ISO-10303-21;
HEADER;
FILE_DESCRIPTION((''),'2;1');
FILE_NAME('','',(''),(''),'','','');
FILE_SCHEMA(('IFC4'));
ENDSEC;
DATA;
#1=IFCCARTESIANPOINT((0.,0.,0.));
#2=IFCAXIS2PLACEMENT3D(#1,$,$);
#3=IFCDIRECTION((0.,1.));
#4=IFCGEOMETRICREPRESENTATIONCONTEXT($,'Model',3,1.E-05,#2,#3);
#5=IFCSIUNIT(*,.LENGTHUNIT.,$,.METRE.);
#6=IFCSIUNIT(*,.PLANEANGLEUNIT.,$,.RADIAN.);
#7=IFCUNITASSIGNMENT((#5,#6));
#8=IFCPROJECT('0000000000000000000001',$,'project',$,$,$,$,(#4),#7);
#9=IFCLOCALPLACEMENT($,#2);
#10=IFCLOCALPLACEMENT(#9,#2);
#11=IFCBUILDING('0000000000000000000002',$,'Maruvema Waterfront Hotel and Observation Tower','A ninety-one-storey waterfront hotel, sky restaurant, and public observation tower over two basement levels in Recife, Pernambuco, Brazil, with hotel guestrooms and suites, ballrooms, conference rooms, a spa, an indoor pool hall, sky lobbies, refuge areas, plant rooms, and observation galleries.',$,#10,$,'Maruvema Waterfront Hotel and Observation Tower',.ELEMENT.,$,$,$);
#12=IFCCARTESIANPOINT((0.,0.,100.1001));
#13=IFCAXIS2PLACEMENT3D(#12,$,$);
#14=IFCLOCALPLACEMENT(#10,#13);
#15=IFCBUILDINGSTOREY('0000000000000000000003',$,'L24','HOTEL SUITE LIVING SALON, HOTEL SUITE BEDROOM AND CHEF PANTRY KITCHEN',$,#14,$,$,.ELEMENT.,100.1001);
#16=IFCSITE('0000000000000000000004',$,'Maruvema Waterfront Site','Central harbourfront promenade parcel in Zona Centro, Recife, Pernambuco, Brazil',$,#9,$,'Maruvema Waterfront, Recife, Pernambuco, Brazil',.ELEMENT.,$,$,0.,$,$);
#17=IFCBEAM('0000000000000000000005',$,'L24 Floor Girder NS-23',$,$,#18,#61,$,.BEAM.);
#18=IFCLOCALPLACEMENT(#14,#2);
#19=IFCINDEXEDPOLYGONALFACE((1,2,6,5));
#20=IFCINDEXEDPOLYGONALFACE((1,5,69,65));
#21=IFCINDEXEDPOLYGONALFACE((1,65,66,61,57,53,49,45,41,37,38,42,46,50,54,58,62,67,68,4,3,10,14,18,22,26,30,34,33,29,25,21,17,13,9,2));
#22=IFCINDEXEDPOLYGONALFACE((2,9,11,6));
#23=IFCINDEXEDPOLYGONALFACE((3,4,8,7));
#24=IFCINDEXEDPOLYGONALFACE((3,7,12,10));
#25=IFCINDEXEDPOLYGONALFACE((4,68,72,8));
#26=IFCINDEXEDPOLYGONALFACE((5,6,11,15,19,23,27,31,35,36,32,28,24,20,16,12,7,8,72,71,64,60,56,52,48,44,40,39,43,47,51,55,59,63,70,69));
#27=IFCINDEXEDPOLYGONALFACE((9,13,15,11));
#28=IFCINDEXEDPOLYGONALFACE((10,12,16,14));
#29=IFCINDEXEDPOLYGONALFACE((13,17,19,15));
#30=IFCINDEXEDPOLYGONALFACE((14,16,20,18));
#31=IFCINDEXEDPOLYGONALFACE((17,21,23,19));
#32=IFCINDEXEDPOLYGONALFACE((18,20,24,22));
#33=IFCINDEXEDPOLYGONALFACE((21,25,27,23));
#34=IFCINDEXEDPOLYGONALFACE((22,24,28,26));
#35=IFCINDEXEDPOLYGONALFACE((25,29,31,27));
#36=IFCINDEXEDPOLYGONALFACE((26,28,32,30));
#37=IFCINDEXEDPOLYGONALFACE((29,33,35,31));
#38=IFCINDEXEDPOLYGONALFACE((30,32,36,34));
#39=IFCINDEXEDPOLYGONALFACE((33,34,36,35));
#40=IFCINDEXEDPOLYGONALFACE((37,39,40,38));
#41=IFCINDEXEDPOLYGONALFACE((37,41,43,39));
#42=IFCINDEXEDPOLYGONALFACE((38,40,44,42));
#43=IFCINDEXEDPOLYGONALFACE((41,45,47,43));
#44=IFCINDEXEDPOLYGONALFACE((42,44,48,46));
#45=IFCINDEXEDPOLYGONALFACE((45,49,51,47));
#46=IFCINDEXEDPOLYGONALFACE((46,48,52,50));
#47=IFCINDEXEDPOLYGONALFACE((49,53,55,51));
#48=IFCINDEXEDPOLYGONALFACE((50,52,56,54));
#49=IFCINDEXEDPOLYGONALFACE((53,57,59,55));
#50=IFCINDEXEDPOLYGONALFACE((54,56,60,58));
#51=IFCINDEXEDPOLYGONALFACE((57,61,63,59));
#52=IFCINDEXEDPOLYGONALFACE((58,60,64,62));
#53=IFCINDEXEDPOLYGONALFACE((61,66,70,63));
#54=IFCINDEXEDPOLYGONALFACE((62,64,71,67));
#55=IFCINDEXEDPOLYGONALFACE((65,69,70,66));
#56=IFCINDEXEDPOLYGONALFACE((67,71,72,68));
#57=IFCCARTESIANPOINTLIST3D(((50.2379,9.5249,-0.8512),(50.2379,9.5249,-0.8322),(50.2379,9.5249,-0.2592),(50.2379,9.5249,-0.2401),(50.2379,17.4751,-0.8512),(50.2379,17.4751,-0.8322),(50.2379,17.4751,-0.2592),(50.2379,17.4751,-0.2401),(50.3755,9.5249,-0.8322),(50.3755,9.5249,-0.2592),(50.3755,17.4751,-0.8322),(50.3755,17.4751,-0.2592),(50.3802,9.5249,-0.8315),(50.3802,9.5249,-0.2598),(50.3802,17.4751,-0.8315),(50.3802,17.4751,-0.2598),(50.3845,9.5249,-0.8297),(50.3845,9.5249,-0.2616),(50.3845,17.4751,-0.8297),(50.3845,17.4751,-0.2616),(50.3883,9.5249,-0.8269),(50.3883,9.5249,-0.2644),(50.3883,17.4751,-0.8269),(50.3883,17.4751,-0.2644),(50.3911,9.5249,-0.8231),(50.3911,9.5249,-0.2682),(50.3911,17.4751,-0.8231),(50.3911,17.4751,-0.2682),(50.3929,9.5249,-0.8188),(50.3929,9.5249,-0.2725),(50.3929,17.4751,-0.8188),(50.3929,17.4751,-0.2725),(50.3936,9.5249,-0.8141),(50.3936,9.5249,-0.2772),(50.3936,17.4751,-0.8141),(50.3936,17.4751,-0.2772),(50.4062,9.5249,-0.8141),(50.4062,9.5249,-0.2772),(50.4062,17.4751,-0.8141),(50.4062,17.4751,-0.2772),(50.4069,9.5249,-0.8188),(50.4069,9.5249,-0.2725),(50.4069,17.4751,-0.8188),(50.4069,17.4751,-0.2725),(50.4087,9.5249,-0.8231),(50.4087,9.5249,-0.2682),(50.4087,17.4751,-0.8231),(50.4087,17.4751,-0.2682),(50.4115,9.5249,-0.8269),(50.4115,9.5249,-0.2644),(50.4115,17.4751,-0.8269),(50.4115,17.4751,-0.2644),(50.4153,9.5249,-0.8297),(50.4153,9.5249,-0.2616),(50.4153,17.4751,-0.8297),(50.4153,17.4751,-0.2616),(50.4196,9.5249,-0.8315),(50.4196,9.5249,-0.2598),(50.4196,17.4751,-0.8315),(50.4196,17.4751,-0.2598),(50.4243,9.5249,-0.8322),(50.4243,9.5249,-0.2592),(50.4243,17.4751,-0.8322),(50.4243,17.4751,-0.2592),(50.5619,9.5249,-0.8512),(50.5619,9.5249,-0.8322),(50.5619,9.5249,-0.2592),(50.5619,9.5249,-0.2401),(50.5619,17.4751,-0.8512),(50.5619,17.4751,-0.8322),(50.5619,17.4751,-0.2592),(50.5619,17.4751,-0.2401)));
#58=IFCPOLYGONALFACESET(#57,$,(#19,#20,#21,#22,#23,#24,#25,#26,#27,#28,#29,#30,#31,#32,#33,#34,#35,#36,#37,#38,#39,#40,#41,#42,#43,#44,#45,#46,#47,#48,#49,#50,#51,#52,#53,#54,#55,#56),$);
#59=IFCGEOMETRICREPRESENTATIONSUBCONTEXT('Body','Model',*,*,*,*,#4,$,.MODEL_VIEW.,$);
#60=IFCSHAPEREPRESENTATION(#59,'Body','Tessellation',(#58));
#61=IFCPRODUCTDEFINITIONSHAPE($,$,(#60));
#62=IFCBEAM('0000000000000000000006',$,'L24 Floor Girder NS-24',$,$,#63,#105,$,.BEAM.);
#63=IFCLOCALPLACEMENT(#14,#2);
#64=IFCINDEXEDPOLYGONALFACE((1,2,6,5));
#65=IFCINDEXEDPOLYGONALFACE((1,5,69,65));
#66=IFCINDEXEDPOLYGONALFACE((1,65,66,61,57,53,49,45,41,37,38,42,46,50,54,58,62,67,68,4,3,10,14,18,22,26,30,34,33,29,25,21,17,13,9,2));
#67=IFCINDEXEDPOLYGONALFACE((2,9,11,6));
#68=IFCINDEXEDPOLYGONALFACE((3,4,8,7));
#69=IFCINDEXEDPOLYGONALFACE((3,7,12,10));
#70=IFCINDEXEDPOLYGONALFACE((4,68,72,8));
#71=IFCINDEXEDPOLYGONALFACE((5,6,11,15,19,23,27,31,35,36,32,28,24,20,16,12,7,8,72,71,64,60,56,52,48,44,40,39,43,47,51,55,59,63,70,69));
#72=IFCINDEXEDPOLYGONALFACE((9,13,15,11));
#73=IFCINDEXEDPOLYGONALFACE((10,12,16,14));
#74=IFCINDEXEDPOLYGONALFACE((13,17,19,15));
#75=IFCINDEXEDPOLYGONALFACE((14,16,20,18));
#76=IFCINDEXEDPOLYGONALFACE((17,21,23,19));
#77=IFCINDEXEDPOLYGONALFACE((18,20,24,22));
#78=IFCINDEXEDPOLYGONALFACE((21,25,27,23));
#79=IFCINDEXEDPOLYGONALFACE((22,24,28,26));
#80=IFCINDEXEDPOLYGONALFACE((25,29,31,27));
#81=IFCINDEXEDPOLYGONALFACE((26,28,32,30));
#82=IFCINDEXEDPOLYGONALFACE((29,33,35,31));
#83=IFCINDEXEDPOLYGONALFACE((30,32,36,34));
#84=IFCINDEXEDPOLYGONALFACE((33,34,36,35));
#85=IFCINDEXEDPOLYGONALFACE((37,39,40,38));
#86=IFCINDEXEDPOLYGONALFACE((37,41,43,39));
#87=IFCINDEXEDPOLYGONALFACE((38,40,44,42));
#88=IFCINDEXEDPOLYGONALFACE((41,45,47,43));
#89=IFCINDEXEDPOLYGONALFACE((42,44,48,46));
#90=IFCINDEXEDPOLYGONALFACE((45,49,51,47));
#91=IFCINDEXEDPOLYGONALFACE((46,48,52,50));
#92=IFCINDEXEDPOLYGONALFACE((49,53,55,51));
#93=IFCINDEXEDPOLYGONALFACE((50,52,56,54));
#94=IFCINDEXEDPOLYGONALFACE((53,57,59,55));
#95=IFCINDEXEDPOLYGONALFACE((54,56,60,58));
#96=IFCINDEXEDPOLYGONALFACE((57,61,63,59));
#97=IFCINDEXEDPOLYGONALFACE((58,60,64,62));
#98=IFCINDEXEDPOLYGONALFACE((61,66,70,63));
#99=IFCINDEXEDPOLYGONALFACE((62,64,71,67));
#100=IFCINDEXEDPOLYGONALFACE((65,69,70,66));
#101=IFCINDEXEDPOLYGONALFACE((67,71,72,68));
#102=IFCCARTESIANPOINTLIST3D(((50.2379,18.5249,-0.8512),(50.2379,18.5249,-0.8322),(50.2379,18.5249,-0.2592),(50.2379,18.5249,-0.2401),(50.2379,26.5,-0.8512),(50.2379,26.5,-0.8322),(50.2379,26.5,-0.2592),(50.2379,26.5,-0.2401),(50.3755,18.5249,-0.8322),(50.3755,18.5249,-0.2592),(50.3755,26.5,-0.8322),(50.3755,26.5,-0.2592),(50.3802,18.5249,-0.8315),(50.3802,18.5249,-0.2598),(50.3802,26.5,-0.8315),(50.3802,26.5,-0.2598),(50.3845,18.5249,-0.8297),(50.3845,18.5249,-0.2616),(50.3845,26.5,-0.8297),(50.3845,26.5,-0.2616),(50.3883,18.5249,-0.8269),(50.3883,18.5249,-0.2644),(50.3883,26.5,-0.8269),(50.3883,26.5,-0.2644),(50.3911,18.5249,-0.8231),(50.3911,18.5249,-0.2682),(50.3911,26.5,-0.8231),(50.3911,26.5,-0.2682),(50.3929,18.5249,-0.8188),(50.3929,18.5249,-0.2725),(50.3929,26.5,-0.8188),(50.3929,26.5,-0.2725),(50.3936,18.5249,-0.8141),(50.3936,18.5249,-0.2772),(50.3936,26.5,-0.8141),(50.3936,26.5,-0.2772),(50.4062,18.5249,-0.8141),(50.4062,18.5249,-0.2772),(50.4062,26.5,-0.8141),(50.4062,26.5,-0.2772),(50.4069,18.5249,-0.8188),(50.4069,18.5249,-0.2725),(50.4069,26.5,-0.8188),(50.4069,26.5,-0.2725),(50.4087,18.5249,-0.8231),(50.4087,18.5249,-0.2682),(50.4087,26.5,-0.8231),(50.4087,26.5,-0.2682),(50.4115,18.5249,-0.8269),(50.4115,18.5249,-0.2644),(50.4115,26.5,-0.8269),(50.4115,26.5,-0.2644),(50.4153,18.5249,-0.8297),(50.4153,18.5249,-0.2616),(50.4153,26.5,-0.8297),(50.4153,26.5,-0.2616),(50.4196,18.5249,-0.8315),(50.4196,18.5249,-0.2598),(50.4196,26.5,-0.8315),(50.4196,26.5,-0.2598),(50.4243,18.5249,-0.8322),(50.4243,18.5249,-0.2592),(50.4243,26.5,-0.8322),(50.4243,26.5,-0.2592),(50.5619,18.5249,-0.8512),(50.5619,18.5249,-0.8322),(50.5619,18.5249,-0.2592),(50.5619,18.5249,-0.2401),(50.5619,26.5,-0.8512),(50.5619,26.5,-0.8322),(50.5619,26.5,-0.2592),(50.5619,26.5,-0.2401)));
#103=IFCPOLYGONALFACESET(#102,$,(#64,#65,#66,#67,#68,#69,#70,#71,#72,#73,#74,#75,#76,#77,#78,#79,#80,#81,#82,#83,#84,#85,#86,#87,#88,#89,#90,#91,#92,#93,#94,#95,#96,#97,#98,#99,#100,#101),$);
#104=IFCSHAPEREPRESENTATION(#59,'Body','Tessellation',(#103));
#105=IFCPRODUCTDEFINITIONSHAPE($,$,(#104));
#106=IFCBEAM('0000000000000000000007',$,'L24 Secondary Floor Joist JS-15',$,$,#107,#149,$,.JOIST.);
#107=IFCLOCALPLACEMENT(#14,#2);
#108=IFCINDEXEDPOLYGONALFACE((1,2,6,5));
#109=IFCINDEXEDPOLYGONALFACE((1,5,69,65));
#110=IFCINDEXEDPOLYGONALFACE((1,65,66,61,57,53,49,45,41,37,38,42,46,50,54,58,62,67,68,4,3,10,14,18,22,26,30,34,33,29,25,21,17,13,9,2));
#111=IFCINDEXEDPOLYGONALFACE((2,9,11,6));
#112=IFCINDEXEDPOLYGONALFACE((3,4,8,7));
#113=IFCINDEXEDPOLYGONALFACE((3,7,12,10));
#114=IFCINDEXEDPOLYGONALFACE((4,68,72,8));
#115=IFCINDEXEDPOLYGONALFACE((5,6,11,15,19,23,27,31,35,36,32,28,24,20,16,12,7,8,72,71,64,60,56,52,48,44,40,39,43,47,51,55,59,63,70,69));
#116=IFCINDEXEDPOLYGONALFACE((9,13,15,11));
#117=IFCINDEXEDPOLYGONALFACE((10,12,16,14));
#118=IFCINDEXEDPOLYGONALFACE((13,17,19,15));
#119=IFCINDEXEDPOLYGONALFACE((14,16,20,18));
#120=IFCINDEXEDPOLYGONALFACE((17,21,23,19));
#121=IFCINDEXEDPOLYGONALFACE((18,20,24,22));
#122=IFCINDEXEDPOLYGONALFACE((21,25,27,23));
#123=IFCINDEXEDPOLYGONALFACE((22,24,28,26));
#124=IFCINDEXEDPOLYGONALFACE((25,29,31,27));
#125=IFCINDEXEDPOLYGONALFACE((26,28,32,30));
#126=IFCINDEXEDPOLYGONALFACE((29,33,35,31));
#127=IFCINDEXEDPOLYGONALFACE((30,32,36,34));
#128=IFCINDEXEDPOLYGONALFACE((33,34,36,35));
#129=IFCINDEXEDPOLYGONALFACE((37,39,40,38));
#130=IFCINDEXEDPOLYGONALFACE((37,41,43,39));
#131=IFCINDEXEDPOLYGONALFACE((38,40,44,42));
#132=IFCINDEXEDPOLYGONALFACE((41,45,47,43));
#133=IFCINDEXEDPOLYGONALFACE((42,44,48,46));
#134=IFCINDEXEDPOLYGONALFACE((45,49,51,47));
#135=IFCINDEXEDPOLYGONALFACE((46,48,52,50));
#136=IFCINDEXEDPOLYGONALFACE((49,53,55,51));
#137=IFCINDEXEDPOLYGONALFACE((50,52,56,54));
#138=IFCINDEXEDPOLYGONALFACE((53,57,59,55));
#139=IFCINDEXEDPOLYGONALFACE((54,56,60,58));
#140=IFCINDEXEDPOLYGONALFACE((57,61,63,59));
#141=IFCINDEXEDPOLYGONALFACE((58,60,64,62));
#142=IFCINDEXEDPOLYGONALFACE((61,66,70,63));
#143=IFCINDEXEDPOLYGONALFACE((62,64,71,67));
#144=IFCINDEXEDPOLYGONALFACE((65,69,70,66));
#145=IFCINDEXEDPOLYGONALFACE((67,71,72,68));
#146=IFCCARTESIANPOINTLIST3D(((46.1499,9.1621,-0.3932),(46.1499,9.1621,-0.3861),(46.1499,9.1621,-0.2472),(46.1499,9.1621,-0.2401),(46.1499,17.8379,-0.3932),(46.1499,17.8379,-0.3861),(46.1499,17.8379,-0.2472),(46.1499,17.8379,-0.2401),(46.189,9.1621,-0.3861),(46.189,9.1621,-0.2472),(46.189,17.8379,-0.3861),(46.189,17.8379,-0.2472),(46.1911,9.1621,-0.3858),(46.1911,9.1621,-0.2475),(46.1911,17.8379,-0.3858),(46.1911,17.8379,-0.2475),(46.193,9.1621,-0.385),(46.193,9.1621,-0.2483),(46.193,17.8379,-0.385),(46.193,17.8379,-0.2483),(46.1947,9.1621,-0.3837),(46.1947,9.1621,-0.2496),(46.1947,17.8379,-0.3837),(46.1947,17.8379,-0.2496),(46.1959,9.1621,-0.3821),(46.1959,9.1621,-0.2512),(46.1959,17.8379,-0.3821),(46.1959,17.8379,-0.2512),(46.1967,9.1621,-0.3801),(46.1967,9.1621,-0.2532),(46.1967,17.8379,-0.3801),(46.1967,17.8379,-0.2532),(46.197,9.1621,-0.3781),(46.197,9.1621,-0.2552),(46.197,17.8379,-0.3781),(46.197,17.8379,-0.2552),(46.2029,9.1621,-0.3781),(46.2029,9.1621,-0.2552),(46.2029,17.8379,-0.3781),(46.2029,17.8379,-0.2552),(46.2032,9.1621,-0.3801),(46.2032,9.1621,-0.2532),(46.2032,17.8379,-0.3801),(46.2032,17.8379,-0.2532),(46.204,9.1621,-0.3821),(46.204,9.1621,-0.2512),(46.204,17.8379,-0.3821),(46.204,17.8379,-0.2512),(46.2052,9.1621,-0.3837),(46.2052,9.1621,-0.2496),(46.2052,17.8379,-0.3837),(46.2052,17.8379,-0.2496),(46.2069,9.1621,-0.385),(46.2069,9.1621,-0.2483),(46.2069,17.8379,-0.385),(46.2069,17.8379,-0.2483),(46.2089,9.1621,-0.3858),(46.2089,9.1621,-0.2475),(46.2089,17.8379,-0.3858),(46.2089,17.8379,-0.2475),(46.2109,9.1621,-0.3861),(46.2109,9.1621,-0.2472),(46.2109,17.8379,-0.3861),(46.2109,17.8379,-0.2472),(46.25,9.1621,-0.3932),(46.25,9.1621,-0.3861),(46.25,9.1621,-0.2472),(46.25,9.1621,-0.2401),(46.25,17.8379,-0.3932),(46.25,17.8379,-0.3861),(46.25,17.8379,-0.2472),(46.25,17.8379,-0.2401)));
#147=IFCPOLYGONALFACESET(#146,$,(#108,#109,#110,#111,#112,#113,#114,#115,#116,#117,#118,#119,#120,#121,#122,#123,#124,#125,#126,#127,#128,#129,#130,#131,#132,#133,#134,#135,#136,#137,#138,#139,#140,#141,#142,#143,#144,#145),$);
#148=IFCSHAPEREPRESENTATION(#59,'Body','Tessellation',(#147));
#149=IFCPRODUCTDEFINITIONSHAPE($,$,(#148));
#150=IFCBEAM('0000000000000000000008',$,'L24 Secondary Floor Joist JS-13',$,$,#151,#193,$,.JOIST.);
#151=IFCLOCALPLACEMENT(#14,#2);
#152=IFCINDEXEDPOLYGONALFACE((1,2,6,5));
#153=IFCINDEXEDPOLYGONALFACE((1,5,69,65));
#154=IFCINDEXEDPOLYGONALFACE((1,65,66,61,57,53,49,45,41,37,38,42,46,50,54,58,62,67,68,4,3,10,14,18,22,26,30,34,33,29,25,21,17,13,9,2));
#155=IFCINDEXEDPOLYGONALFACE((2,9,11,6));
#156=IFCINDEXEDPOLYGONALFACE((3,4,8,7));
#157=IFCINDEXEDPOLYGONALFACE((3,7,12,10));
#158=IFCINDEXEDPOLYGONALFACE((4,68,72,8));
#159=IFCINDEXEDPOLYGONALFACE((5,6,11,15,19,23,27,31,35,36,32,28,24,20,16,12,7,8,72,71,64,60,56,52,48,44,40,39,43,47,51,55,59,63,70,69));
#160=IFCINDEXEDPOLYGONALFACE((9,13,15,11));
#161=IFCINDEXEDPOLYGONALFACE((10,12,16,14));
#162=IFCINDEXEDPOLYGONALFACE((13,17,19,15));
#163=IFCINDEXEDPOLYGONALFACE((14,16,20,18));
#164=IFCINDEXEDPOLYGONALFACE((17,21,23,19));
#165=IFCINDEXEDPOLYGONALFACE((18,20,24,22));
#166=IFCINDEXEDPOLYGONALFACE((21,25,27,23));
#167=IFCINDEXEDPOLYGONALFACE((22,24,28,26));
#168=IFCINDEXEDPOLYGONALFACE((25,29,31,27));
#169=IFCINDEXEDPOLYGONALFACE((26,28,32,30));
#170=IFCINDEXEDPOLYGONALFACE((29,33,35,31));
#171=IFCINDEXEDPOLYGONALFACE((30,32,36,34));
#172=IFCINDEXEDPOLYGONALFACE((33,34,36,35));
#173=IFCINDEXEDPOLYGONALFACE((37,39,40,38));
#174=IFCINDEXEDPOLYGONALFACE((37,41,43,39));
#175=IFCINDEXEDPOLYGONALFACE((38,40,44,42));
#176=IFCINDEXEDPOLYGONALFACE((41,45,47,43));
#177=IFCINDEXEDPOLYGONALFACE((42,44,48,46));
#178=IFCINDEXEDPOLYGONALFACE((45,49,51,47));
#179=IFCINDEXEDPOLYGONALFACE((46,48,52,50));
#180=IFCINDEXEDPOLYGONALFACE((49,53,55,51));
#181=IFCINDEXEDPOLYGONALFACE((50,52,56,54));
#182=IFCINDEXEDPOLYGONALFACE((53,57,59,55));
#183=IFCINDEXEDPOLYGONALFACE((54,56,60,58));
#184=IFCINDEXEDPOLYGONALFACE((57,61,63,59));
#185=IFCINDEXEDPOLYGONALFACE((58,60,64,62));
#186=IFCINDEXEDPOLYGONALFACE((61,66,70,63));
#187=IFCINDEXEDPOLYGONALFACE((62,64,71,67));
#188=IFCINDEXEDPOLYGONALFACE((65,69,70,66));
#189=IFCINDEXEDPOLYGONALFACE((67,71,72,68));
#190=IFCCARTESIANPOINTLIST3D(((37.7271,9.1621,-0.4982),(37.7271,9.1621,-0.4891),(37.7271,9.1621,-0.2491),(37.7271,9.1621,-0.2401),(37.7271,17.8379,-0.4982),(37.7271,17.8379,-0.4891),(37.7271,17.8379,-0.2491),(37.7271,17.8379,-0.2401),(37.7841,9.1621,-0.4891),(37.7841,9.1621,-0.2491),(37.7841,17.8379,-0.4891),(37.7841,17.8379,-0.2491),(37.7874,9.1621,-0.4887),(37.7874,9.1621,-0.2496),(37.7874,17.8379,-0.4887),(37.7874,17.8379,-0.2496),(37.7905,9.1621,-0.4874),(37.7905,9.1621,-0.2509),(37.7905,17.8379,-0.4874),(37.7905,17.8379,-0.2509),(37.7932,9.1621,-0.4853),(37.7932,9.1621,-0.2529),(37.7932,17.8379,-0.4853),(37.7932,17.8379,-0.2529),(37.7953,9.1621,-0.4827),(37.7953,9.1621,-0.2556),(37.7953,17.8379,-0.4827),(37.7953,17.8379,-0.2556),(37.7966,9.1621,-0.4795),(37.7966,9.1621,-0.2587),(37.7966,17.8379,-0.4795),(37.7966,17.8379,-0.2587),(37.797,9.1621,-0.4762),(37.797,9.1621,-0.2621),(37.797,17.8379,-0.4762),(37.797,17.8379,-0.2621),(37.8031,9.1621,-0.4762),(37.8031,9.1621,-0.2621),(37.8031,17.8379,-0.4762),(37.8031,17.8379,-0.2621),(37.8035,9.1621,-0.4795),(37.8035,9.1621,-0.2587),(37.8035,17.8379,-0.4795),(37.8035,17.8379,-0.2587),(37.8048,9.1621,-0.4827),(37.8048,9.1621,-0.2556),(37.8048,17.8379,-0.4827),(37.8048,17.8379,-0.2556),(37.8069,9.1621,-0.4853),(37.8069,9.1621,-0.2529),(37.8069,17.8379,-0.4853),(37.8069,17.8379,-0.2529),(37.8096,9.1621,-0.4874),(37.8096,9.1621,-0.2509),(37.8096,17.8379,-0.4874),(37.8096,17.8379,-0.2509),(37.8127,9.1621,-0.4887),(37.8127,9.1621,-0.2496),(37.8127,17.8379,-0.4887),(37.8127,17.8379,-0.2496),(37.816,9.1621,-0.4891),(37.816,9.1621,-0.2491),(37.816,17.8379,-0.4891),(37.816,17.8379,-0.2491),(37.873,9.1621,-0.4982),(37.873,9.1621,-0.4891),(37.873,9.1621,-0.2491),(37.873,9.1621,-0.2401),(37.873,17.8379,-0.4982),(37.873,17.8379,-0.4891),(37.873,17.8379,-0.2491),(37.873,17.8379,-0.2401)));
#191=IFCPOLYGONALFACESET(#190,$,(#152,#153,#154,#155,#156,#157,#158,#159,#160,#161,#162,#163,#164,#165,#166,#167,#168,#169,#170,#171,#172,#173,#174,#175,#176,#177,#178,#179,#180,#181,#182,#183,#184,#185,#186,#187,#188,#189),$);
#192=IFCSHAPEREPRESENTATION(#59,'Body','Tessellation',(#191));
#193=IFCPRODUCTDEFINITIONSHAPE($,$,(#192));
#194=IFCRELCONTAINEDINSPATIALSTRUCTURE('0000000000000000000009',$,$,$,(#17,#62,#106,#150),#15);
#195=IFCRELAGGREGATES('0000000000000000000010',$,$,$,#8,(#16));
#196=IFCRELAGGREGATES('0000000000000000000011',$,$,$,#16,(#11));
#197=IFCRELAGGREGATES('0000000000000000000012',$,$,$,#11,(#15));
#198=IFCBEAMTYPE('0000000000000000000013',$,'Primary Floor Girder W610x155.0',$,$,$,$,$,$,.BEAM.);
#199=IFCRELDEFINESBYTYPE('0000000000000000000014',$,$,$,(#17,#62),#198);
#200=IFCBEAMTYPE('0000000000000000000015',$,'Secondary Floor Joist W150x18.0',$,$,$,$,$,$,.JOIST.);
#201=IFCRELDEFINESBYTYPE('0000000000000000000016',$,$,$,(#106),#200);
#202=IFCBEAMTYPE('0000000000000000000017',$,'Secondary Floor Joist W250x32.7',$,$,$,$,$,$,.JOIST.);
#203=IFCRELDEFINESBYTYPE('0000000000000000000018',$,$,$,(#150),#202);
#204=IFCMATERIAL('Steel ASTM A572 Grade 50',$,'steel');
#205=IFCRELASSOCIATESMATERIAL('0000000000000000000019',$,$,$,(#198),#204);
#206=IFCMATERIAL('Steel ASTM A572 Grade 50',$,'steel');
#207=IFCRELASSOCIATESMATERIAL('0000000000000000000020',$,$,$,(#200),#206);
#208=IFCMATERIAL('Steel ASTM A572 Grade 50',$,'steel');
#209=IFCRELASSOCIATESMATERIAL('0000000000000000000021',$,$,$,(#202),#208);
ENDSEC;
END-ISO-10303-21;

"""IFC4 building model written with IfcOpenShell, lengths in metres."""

from ifc_helpers import new_model, si_unit, direction, frame, origin, origin_2d, place, context, subcontext, project, spatial, i_section, extrude, material, material_profile, profile_set, type_object, element, save


model = new_model("IFC4")

# Units and contexts
model_context = context("Model", 3, precision=1e-05, world=origin(), true_north=direction((0.0, 1.0)))
body_context = subcontext(model_context, "Body", "Model", "MODEL_VIEW")
ifc_project = project(units=[si_unit("LENGTHUNIT", "METRE"), si_unit("PLANEANGLEUNIT", "RADIAN")], contexts=[model_context])

# Site, building, storey
site_placement = place(None, origin())
site = spatial("IfcSite", under=ifc_project, at=site_placement, Name="Maruvema Waterfront Site", Description="Central harbourfront promenade parcel in Zona Centro, Recife, Pernambuco, Brazil", LongName="Maruvema Waterfront, Recife, Pernambuco, Brazil", CompositionType="ELEMENT", RefElevation=0.0)
building_placement = place(site_placement, origin())
building = spatial("IfcBuilding", under=site, at=building_placement, Name="Maruvema Waterfront Hotel and Observation Tower", Description="A ninety-one-storey waterfront hotel, sky restaurant, and public observation tower over two basement levels in Recife, Pernambuco, Brazil, with hotel guestrooms and suites, ballrooms, conference rooms, a spa, an indoor pool hall, sky lobbies, refuge areas, plant rooms, and observation galleries.", LongName="Maruvema Waterfront Hotel and Observation Tower", CompositionType="ELEMENT")
storey_placement = place(building_placement, frame((0.0, 0.0, 100.1001)))
storey = spatial("IfcBuildingStorey", under=building, at=storey_placement, Name="L24", Description="HOTEL SUITE LIVING SALON, HOTEL SUITE BEDROOM AND CHEF PANTRY KITCHEN", CompositionType="ELEMENT", Elevation=100.1001)

# Beams
ifc_material_1 = material(Name="Steel ASTM A572 Grade 50", Category="steel")
ifc_material_profile_1 = material_profile(ifc_material_1, i_section(OverallWidth=0.324, OverallDepth=0.6111, WebThickness=0.0127, FlangeThickness=0.019, FilletRadius=0.0181, at=origin_2d()), Name="W610x155.0")
ifc_profile_set_1 = profile_set([ifc_material_profile_1], Name="Steel ASTM A572 Grade 50")
beam_type_1 = type_object("IfcBeamType", Name="Primary Floor Girder W610x155.0", PredefinedType="BEAM", material=ifc_profile_set_1)
beam_1_placement = place(storey_placement, frame((50.3999, 9.5249, -0.5457), z_axis=(0.0, 1.0, 0.0), x_axis=(-1.0, 0.0, 0.0)))
element("IfcBeam", 1, at=beam_1_placement, inside=storey, type_object=beam_type_1, Name="L24 Floor Girder NS-23", PredefinedType="BEAM", context=body_context, shape_type="SweptSolid", body=[
    extrude(i_section(OverallWidth=0.324, OverallDepth=0.6111, WebThickness=0.0127, FlangeThickness=0.019, FilletRadius=0.0181, at=origin_2d()), origin(), (0.0, 0.0, 1.0), 7.9502),
])
beam_2_placement = place(storey_placement, frame((50.3999, 18.5249, -0.5457), z_axis=(0.0, 1.0, 0.0), x_axis=(-1.0, 0.0, 0.0)))
element("IfcBeam", 2, at=beam_2_placement, inside=storey, type_object=beam_type_1, Name="L24 Floor Girder NS-24", PredefinedType="BEAM", context=body_context, shape_type="SweptSolid", body=[
    extrude(i_section(OverallWidth=0.324, OverallDepth=0.6111, WebThickness=0.0127, FlangeThickness=0.019, FilletRadius=0.0181, at=origin_2d()), origin(), (0.0, 0.0, 1.0), 7.9751),
])
ifc_material_2 = material(Name="Steel ASTM A572 Grade 50", Category="steel")
ifc_material_profile_2 = material_profile(ifc_material_2, i_section(OverallWidth=0.1001, OverallDepth=0.1531, WebThickness=0.0059, FlangeThickness=0.0071, FilletRadius=0.0081, at=origin_2d()), Name="W150x18.0")
ifc_profile_set_2 = profile_set([ifc_material_profile_2], Name="Steel ASTM A572 Grade 50")
beam_type_2 = type_object("IfcBeamType", Name="Secondary Floor Joist W150x18.0", PredefinedType="JOIST", material=ifc_profile_set_2)
beam_3_placement = place(storey_placement, frame((46.2, 9.1621, -0.3167), z_axis=(0.0, 1.0, 0.0), x_axis=(-1.0, 0.0, 0.0)))
element("IfcBeam", 3, at=beam_3_placement, inside=storey, type_object=beam_type_2, Name="L24 Secondary Floor Joist JS-15", PredefinedType="JOIST", context=body_context, shape_type="SweptSolid", body=[
    extrude(i_section(OverallWidth=0.1001, OverallDepth=0.1531, WebThickness=0.0059, FlangeThickness=0.0071, FilletRadius=0.0081, at=origin_2d()), origin(), (0.0, 0.0, 1.0), 8.6758),
])
ifc_material_3 = material(Name="Steel ASTM A572 Grade 50", Category="steel")
ifc_material_profile_3 = material_profile(ifc_material_3, i_section(OverallWidth=0.146, OverallDepth=0.2581, WebThickness=0.0061, FlangeThickness=0.009, FilletRadius=0.0129, at=origin_2d()), Name="W250x32.7")
ifc_profile_set_3 = profile_set([ifc_material_profile_3], Name="Steel ASTM A572 Grade 50")
beam_type_3 = type_object("IfcBeamType", Name="Secondary Floor Joist W250x32.7", PredefinedType="JOIST", material=ifc_profile_set_3)
beam_4_placement = place(storey_placement, frame((37.8, 9.1621, -0.3691), z_axis=(0.0, 1.0, 0.0), x_axis=(-1.0, 0.0, 0.0)))
element("IfcBeam", 4, at=beam_4_placement, inside=storey, type_object=beam_type_3, Name="L24 Secondary Floor Joist JS-13", PredefinedType="JOIST", context=body_context, shape_type="SweptSolid", body=[
    extrude(i_section(OverallWidth=0.146, OverallDepth=0.2581, WebThickness=0.0061, FlangeThickness=0.009, FilletRadius=0.0129, at=origin_2d()), origin(), (0.0, 0.0, 1.0), 8.6758),
])

save(model, "model.ifc")
